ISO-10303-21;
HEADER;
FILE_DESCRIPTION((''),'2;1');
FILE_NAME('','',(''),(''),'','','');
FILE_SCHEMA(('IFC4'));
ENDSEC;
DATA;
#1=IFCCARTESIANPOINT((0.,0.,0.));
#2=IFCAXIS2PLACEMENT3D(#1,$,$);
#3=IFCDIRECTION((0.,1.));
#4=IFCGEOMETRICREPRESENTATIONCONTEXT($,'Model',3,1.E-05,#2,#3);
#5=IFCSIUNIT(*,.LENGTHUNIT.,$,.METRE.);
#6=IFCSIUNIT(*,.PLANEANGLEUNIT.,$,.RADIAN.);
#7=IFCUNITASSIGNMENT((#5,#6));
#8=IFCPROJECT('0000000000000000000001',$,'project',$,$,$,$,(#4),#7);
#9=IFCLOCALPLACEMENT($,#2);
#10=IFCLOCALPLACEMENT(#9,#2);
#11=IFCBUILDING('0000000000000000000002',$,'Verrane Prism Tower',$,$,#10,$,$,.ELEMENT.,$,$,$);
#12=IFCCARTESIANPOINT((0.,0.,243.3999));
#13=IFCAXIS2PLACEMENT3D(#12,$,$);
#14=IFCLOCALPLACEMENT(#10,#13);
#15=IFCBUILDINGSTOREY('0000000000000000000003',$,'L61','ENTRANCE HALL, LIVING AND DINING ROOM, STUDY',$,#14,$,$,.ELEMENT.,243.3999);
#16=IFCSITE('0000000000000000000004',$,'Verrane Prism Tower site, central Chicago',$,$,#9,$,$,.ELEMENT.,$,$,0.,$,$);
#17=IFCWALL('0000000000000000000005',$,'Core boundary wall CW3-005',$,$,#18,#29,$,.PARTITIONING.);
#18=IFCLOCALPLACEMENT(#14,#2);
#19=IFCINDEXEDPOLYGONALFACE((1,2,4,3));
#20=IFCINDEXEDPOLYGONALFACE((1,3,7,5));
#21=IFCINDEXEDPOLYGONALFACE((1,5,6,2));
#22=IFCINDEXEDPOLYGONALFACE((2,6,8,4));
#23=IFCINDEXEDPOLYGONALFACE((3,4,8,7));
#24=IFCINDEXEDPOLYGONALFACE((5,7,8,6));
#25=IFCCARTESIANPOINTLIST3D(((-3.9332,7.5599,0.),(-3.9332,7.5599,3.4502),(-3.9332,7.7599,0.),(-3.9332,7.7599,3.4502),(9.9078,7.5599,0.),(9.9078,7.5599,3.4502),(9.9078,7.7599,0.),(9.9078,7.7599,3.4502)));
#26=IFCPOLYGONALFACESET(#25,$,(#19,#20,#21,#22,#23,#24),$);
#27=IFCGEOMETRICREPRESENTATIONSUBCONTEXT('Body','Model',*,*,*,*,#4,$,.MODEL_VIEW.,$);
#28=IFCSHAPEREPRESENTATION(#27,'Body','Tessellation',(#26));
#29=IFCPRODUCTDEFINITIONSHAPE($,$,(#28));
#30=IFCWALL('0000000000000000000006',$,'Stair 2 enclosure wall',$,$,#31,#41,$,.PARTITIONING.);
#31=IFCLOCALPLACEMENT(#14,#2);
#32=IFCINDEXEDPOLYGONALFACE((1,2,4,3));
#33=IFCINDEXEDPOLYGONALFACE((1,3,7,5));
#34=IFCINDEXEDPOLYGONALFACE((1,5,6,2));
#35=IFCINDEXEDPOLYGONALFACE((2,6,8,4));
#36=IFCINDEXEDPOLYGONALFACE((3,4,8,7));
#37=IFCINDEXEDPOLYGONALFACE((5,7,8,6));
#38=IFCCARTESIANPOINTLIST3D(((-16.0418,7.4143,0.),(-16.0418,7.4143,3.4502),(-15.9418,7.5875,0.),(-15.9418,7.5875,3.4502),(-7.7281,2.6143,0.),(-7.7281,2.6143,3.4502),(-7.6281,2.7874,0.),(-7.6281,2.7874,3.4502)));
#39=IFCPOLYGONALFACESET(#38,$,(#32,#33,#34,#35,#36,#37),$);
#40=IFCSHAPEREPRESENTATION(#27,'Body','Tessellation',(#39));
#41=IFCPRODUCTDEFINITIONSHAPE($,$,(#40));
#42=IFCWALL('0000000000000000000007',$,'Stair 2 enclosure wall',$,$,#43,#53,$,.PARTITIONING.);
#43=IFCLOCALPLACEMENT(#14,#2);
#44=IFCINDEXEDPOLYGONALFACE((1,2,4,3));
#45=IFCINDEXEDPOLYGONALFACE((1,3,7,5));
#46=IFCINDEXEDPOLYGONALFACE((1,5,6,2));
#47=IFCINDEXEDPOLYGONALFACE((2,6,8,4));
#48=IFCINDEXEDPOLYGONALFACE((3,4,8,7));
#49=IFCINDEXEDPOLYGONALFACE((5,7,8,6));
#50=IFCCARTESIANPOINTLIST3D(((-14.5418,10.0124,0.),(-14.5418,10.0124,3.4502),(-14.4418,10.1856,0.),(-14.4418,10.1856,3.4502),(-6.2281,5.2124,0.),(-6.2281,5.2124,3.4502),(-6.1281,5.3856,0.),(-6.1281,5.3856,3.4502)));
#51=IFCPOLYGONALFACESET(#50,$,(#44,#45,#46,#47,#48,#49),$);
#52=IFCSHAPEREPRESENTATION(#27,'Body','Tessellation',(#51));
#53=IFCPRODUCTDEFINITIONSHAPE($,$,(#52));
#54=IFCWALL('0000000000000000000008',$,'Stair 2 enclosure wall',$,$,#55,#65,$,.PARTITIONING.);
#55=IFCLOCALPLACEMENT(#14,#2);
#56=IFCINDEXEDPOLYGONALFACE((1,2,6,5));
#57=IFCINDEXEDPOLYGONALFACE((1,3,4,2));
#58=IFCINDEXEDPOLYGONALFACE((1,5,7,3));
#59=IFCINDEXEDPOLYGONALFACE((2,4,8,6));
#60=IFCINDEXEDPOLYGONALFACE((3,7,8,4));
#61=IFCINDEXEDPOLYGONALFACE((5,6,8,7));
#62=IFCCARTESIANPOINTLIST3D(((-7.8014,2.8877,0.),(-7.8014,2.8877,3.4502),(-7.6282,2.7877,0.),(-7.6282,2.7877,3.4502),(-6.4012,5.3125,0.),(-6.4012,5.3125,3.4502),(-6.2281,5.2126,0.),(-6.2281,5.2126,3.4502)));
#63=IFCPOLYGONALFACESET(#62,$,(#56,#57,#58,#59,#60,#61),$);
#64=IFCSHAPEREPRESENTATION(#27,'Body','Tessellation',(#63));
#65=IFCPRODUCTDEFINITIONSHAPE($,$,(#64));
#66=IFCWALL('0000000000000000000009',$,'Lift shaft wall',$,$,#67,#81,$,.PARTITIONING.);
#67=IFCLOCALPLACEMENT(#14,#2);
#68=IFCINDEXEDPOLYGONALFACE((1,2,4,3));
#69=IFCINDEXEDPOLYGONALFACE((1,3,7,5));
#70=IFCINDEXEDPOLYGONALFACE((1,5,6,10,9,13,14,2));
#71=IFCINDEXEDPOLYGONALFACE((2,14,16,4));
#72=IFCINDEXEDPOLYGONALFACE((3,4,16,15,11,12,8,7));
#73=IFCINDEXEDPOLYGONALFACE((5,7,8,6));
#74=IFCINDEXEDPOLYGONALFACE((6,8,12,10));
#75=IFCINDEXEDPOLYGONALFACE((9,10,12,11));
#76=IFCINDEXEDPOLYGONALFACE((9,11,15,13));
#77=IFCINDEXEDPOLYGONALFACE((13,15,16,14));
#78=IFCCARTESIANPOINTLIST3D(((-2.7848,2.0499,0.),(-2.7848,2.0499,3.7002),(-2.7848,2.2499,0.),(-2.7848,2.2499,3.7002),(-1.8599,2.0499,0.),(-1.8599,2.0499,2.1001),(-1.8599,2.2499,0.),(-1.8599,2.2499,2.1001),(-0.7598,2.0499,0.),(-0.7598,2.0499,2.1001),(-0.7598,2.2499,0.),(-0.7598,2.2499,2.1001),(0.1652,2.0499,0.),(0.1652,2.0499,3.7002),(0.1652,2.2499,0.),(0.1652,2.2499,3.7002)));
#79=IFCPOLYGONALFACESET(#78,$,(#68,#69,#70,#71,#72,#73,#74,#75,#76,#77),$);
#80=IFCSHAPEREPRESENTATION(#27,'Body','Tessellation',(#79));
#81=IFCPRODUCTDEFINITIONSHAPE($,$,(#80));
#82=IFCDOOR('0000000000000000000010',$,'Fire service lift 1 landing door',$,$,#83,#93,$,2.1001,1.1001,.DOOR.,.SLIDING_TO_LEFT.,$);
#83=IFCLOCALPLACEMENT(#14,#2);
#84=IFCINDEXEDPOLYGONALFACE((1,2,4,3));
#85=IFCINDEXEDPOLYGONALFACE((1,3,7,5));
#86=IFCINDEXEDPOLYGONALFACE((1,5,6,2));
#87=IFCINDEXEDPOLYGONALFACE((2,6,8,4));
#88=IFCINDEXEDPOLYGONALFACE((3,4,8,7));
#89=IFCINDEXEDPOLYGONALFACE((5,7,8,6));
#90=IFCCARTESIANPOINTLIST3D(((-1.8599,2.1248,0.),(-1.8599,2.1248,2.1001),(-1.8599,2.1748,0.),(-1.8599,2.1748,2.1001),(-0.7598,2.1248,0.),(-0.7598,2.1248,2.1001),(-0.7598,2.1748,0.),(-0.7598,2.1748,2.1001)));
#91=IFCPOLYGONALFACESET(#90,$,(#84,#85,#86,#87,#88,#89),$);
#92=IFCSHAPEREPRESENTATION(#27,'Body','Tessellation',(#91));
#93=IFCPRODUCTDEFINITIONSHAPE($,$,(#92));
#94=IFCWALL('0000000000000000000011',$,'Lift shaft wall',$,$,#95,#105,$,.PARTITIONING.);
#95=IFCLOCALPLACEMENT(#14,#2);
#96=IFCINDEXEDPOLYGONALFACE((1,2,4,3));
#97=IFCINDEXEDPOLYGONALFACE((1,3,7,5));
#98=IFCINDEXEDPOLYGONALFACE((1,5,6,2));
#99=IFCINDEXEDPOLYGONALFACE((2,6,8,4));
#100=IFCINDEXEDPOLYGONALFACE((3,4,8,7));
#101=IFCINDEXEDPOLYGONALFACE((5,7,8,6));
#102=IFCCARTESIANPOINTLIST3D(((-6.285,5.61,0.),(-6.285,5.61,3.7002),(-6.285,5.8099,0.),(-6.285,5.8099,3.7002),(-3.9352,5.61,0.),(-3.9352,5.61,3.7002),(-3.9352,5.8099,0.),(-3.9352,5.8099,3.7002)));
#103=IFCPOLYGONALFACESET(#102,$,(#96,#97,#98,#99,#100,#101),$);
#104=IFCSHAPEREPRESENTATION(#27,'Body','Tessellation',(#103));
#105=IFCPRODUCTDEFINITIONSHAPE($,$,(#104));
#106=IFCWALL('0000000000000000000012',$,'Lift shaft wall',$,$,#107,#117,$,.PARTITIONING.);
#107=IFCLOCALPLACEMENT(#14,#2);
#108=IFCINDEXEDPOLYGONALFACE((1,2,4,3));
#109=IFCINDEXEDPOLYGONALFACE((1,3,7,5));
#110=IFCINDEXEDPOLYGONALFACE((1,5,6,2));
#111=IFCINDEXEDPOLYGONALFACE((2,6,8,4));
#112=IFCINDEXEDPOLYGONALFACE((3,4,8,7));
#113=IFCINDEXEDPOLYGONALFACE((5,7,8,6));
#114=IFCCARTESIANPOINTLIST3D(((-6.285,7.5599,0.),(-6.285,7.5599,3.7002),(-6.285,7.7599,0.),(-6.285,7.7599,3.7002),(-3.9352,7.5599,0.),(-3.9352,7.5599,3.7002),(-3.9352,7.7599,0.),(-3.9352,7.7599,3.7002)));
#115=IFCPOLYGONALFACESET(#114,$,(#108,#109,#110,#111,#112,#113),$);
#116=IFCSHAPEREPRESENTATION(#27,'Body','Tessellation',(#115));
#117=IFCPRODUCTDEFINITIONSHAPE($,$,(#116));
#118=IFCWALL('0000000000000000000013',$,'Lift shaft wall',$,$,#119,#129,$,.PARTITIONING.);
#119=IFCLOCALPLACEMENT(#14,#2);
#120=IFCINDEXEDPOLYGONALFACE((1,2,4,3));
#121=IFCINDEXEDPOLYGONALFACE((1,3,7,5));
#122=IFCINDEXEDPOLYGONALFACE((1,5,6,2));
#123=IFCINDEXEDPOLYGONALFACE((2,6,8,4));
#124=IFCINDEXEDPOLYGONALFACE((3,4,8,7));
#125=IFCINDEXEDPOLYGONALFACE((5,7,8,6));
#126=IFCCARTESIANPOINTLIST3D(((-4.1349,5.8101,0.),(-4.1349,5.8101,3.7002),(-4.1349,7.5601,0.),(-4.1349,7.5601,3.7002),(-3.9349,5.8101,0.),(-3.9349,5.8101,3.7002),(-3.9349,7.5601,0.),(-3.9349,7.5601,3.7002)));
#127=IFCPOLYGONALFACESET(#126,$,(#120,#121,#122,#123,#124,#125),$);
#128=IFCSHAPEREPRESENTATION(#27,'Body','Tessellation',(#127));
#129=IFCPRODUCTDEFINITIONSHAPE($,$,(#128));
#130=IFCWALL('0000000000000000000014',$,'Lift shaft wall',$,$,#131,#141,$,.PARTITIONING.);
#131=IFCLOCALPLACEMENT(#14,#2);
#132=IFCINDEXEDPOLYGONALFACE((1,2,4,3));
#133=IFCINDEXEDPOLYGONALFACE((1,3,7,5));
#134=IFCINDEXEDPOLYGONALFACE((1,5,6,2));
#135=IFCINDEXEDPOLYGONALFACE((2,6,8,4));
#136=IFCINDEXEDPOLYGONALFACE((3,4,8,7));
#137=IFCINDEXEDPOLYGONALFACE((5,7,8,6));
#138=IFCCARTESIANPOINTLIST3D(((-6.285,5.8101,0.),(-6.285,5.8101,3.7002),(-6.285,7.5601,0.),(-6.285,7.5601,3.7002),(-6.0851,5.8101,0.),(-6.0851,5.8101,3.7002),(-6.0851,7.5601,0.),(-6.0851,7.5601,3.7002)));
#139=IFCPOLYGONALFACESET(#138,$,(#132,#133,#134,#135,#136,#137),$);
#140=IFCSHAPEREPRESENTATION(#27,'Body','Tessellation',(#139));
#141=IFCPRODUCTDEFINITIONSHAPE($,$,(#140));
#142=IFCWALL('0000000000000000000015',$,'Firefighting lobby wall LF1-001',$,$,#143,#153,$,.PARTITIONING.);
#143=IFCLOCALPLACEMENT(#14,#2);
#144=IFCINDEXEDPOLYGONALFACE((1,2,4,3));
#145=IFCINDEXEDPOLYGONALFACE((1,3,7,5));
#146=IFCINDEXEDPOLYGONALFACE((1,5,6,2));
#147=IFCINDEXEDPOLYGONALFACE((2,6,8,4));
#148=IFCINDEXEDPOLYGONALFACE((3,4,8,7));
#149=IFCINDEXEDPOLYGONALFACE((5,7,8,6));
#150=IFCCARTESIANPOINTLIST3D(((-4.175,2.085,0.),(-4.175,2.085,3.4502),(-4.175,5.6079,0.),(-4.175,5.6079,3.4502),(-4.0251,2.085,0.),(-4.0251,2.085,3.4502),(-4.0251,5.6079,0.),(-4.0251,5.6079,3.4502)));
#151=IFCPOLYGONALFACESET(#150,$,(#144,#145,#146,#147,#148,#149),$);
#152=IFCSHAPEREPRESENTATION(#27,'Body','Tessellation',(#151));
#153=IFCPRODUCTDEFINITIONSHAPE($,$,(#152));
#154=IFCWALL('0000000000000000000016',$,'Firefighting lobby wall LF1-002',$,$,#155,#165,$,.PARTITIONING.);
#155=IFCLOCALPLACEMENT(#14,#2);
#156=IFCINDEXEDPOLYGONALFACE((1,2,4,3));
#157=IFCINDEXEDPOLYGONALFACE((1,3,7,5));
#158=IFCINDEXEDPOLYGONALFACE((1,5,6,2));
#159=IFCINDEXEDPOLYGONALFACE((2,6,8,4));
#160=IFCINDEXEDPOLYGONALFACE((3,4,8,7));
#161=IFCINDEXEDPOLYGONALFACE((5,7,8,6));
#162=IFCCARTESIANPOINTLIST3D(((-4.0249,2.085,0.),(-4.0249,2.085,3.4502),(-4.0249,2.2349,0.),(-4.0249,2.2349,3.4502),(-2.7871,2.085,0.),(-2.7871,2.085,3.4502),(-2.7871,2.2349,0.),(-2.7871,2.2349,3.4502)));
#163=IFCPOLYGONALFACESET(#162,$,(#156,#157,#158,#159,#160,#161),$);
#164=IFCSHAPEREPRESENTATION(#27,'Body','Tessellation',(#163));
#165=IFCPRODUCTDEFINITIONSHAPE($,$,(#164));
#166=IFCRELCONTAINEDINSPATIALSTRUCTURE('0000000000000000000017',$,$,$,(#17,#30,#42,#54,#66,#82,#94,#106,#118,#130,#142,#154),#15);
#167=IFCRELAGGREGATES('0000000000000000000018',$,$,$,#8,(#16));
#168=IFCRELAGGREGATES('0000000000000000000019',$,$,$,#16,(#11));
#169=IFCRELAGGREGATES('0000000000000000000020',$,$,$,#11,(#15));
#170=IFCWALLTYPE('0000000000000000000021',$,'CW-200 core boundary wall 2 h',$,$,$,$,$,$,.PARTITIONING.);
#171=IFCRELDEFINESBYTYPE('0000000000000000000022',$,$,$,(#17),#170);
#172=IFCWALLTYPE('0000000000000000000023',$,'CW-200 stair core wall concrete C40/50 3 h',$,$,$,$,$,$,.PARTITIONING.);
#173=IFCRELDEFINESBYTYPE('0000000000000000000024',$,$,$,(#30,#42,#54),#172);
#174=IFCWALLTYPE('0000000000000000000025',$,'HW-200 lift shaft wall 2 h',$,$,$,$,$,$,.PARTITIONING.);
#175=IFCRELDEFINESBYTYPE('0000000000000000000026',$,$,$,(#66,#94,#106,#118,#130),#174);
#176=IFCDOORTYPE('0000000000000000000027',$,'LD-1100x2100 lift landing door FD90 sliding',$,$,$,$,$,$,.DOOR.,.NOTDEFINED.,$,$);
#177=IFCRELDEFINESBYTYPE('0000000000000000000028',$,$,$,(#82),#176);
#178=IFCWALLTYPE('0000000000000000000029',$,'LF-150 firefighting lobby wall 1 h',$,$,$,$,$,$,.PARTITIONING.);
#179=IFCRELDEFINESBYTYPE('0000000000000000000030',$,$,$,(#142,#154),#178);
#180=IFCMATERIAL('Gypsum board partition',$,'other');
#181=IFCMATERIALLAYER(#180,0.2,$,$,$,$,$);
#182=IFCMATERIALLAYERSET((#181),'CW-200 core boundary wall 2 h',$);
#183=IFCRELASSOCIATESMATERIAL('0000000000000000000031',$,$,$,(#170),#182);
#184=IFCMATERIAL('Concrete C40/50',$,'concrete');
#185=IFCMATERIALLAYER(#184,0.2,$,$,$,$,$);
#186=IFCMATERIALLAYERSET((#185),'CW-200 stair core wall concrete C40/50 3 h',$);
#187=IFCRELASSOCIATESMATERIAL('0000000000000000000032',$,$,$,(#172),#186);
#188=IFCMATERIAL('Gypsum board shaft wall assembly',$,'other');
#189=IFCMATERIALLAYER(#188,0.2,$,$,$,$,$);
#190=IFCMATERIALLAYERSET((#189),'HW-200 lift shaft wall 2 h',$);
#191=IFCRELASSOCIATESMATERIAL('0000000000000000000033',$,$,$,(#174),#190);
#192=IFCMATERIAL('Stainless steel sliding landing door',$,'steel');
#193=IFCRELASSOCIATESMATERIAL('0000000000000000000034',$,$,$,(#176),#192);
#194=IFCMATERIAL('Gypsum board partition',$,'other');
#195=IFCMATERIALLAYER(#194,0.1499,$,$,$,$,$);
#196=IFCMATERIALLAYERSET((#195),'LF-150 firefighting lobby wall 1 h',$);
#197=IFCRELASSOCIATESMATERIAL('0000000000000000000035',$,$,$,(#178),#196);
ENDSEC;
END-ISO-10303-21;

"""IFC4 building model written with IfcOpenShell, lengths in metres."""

from ifc_helpers import new_model, si_unit, direction, frame, frame_2d, origin, place, context, subcontext, project, spatial, rectangle, extrude, material, layer, layer_set, type_object, element, fill, save


model = new_model("IFC4")

# Units and contexts
model_context = context("Model", 3, precision=1e-05, world=origin(), true_north=direction((0.0, 1.0)))
body_context = subcontext(model_context, "Body", "Model", "MODEL_VIEW")
ifc_project = project(units=[si_unit("LENGTHUNIT", "METRE"), si_unit("PLANEANGLEUNIT", "RADIAN")], contexts=[model_context])

# Site, building, storey
site_placement = place(None, origin())
site = spatial("IfcSite", under=ifc_project, at=site_placement, Name="Verrane Prism Tower site, central Chicago", CompositionType="ELEMENT", RefElevation=0.0)
building_placement = place(site_placement, origin())
building = spatial("IfcBuilding", under=site, at=building_placement, Name="Verrane Prism Tower", CompositionType="ELEMENT")
storey_placement = place(building_placement, frame((0.0, 0.0, 243.3999)))
storey = spatial("IfcBuildingStorey", under=building, at=storey_placement, Name="L61", Description="ENTRANCE HALL, LIVING AND DINING ROOM, STUDY", CompositionType="ELEMENT", Elevation=243.3999)

# Shared definitions
ifc_material_1 = material(Name="Gypsum board partition", Category="other")
ifc_layer_1 = layer(ifc_material_1, 0.2)
ifc_layer_set_1 = layer_set([ifc_layer_1], Name="CW-200 core boundary wall 2 h")
wall_type_1 = type_object("IfcWallType", Name="CW-200 core boundary wall 2 h", PredefinedType="PARTITIONING", material=ifc_layer_set_1)

# Walls
wall_1_placement = place(storey_placement, frame((-3.9331, 7.6599, 0.0), z_axis=(0.0, 0.0, 1.0), x_axis=(1.0, 0.0, 0.0)))
element("IfcWall", 1, at=wall_1_placement, inside=storey, type_object=wall_type_1, Name="Core boundary wall CW3-005", PredefinedType="PARTITIONING", context=body_context, shape_type="SweptSolid", body=[
    extrude(rectangle(XDim=13.8411, YDim=0.2, at=frame_2d((6.9204, 0.0))), origin(), (0.0, 0.0, 1.0), 3.4502),
])
ifc_material_2 = material(Name="Concrete C40/50", Category="concrete")
ifc_layer_2 = layer(ifc_material_2, 0.2)
ifc_layer_set_2 = layer_set([ifc_layer_2], Name="CW-200 stair core wall concrete C40/50 3 h")
wall_type_2 = type_object("IfcWallType", Name="CW-200 stair core wall concrete C40/50 3 h", PredefinedType="PARTITIONING", material=ifc_layer_set_2)
for number, where, z_axis, x_axis, name in (
    (2, (-7.6782, 2.7009, 0.0), (0.0, 0.0, 1.0), (-0.86602, 0.500009, 0.0), "Stair 2 enclosure wall"),
    (3, (-6.1782, 5.2991, 0.0), (0.0, 0.0, 1.0), (-0.86602, 0.500009, 0.0), "Stair 2 enclosure wall"),
):
    element("IfcWall", number, at=place(storey_placement, frame(where, z_axis=z_axis, x_axis=x_axis)), inside=storey, type_object=wall_type_2, Name=name, PredefinedType="PARTITIONING", context=body_context, shape_type="SweptSolid", body=[
        extrude(rectangle(XDim=9.5999, YDim=0.2, at=frame_2d((4.7998, 0.0))), origin(), (0.0, 0.0, 1.0), 3.4502),
    ])
wall_2_placement = place(storey_placement, frame((-6.3147, 5.2625, 0.0), z_axis=(0.0, 0.0, 1.0), x_axis=(-0.50005, -0.865997, 0.0)))
element("IfcWall", 4, at=wall_2_placement, inside=storey, type_object=wall_type_2, Name="Stair 2 enclosure wall", PredefinedType="PARTITIONING", context=body_context, shape_type="SweptSolid", body=[
    extrude(rectangle(XDim=2.8, YDim=0.2, at=frame_2d((1.3999, 0.0))), origin(), (0.0, 0.0, 1.0), 3.4502),
])

# Wall, opening, door
ifc_material_3 = material(Name="Gypsum board shaft wall assembly", Category="other")
ifc_layer_3 = layer(ifc_material_3, 0.2)
ifc_layer_set_3 = layer_set([ifc_layer_3], Name="HW-200 lift shaft wall 2 h")
wall_type_3 = type_object("IfcWallType", Name="HW-200 lift shaft wall 2 h", PredefinedType="PARTITIONING", material=ifc_layer_set_3)
wall_3_placement = place(storey_placement, frame((-2.7849, 2.1499, 0.0), z_axis=(0.0, 0.0, 1.0), x_axis=(1.0, 0.0, 0.0)))
wall_3 = element("IfcWall", 5, at=wall_3_placement, inside=storey, type_object=wall_type_3, Name="Lift shaft wall", PredefinedType="PARTITIONING", context=body_context, shape_type="SweptSolid", body=[
    extrude(rectangle(XDim=2.95, YDim=0.2, at=frame_2d((1.4751, 0.0))), origin(), (0.0, 0.0, 1.0), 3.7002),
])
opening_1_placement = place(wall_3_placement, frame((0.925, 0.0, 0.0)))
opening_1 = element("IfcOpeningElement", 6, at=opening_1_placement, cuts=wall_3, PredefinedType="OPENING", context=body_context, shape_type="SweptSolid", body=[
    extrude(rectangle(XDim=1.1001, YDim=2.1001, at=frame_2d((0.55, 1.05))), frame((0.0, 0.1099, 0.0), z_axis=(0.0, -1.0, 0.0), x_axis=(1.0, 0.0, 0.0)), (0.0, 0.0, 1.0), 0.22),
])
ifc_material_4 = material(Name="Stainless steel sliding landing door", Category="steel")
door_type_1 = type_object("IfcDoorType", Name="LD-1100x2100 lift landing door FD90 sliding", OperationType="NOTDEFINED", PredefinedType="DOOR", material=ifc_material_4)
door_1_placement = place(opening_1_placement, origin())
door_1 = element("IfcDoor", 7, at=door_1_placement, inside=storey, type_object=door_type_1, Name="Fire service lift 1 landing door", OperationType="SLIDING_TO_LEFT", OverallHeight=2.1001, OverallWidth=1.1001, PredefinedType="DOOR", context=body_context, shape_type="SweptSolid", body=[
    extrude(rectangle(XDim=1.1001, YDim=2.1001, at=frame_2d((0.55, 1.05))), frame((0.0, 0.0249, 0.0), z_axis=(0.0, -1.0, 0.0), x_axis=(1.0, 0.0, 0.0)), (0.0, 0.0, 1.0), 0.05),
])
fill(opening_1, door_1)

# Walls
for number, where, z_axis, x_axis, name in (
    (8, (-6.2849, 5.71, 0.0), (0.0, 0.0, 1.0), (1.0, 0.0, 0.0), "Lift shaft wall"),
    (9, (-6.2849, 7.6599, 0.0), (0.0, 0.0, 1.0), (1.0, 0.0, 0.0), "Lift shaft wall"),
):
    element("IfcWall", number, at=place(storey_placement, frame(where, z_axis=z_axis, x_axis=x_axis)), inside=storey, type_object=wall_type_3, Name=name, PredefinedType="PARTITIONING", context=body_context, shape_type="SweptSolid", body=[
        extrude(rectangle(XDim=2.3499, YDim=0.2, at=frame_2d((1.1748, 0.0))), origin(), (0.0, 0.0, 1.0), 3.7002),
    ])
for number, where, z_axis, x_axis, name in (
    (10, (-4.0349, 5.8101, 0.0), (0.0, 0.0, 1.0), (0.0, 1.0, 0.0), "Lift shaft wall"),
    (11, (-6.1851, 5.8101, 0.0), (0.0, 0.0, 1.0), (0.0, 1.0, 0.0), "Lift shaft wall"),
):
    element("IfcWall", number, at=place(storey_placement, frame(where, z_axis=z_axis, x_axis=x_axis)), inside=storey, type_object=wall_type_3, Name=name, PredefinedType="PARTITIONING", context=body_context, shape_type="SweptSolid", body=[
        extrude(rectangle(XDim=1.75, YDim=0.2, at=frame_2d((0.875, 0.0))), origin(), (0.0, 0.0, 1.0), 3.7002),
    ])
ifc_material_5 = material(Name="Gypsum board partition", Category="other")
ifc_layer_4 = layer(ifc_material_5, 0.1499)
ifc_layer_set_4 = layer_set([ifc_layer_4], Name="LF-150 firefighting lobby wall 1 h")
wall_type_4 = type_object("IfcWallType", Name="LF-150 firefighting lobby wall 1 h", PredefinedType="PARTITIONING", material=ifc_layer_set_4)
wall_4_placement = place(storey_placement, frame((-4.1001, 2.085, 0.0), z_axis=(0.0, 0.0, 1.0), x_axis=(0.0, 1.0, 0.0)))
element("IfcWall", 12, at=wall_4_placement, inside=storey, type_object=wall_type_4, Name="Firefighting lobby wall LF1-001", PredefinedType="PARTITIONING", context=body_context, shape_type="SweptSolid", body=[
    extrude(rectangle(XDim=3.5229, YDim=0.1499, at=frame_2d((1.7615, 0.0))), origin(), (0.0, 0.0, 1.0), 3.4502),
])
wall_5_placement = place(storey_placement, frame((-4.0249, 2.1599, 0.0), z_axis=(0.0, 0.0, 1.0), x_axis=(1.0, 0.0, 0.0)))
element("IfcWall", 13, at=wall_5_placement, inside=storey, type_object=wall_type_4, Name="Firefighting lobby wall LF1-002", PredefinedType="PARTITIONING", context=body_context, shape_type="SweptSolid", body=[
    extrude(rectangle(XDim=1.2378, YDim=0.1499, at=frame_2d((0.6189, 0.0))), origin(), (0.0, 0.0, 1.0), 3.4502),
])

save(model, "model.ifc")
